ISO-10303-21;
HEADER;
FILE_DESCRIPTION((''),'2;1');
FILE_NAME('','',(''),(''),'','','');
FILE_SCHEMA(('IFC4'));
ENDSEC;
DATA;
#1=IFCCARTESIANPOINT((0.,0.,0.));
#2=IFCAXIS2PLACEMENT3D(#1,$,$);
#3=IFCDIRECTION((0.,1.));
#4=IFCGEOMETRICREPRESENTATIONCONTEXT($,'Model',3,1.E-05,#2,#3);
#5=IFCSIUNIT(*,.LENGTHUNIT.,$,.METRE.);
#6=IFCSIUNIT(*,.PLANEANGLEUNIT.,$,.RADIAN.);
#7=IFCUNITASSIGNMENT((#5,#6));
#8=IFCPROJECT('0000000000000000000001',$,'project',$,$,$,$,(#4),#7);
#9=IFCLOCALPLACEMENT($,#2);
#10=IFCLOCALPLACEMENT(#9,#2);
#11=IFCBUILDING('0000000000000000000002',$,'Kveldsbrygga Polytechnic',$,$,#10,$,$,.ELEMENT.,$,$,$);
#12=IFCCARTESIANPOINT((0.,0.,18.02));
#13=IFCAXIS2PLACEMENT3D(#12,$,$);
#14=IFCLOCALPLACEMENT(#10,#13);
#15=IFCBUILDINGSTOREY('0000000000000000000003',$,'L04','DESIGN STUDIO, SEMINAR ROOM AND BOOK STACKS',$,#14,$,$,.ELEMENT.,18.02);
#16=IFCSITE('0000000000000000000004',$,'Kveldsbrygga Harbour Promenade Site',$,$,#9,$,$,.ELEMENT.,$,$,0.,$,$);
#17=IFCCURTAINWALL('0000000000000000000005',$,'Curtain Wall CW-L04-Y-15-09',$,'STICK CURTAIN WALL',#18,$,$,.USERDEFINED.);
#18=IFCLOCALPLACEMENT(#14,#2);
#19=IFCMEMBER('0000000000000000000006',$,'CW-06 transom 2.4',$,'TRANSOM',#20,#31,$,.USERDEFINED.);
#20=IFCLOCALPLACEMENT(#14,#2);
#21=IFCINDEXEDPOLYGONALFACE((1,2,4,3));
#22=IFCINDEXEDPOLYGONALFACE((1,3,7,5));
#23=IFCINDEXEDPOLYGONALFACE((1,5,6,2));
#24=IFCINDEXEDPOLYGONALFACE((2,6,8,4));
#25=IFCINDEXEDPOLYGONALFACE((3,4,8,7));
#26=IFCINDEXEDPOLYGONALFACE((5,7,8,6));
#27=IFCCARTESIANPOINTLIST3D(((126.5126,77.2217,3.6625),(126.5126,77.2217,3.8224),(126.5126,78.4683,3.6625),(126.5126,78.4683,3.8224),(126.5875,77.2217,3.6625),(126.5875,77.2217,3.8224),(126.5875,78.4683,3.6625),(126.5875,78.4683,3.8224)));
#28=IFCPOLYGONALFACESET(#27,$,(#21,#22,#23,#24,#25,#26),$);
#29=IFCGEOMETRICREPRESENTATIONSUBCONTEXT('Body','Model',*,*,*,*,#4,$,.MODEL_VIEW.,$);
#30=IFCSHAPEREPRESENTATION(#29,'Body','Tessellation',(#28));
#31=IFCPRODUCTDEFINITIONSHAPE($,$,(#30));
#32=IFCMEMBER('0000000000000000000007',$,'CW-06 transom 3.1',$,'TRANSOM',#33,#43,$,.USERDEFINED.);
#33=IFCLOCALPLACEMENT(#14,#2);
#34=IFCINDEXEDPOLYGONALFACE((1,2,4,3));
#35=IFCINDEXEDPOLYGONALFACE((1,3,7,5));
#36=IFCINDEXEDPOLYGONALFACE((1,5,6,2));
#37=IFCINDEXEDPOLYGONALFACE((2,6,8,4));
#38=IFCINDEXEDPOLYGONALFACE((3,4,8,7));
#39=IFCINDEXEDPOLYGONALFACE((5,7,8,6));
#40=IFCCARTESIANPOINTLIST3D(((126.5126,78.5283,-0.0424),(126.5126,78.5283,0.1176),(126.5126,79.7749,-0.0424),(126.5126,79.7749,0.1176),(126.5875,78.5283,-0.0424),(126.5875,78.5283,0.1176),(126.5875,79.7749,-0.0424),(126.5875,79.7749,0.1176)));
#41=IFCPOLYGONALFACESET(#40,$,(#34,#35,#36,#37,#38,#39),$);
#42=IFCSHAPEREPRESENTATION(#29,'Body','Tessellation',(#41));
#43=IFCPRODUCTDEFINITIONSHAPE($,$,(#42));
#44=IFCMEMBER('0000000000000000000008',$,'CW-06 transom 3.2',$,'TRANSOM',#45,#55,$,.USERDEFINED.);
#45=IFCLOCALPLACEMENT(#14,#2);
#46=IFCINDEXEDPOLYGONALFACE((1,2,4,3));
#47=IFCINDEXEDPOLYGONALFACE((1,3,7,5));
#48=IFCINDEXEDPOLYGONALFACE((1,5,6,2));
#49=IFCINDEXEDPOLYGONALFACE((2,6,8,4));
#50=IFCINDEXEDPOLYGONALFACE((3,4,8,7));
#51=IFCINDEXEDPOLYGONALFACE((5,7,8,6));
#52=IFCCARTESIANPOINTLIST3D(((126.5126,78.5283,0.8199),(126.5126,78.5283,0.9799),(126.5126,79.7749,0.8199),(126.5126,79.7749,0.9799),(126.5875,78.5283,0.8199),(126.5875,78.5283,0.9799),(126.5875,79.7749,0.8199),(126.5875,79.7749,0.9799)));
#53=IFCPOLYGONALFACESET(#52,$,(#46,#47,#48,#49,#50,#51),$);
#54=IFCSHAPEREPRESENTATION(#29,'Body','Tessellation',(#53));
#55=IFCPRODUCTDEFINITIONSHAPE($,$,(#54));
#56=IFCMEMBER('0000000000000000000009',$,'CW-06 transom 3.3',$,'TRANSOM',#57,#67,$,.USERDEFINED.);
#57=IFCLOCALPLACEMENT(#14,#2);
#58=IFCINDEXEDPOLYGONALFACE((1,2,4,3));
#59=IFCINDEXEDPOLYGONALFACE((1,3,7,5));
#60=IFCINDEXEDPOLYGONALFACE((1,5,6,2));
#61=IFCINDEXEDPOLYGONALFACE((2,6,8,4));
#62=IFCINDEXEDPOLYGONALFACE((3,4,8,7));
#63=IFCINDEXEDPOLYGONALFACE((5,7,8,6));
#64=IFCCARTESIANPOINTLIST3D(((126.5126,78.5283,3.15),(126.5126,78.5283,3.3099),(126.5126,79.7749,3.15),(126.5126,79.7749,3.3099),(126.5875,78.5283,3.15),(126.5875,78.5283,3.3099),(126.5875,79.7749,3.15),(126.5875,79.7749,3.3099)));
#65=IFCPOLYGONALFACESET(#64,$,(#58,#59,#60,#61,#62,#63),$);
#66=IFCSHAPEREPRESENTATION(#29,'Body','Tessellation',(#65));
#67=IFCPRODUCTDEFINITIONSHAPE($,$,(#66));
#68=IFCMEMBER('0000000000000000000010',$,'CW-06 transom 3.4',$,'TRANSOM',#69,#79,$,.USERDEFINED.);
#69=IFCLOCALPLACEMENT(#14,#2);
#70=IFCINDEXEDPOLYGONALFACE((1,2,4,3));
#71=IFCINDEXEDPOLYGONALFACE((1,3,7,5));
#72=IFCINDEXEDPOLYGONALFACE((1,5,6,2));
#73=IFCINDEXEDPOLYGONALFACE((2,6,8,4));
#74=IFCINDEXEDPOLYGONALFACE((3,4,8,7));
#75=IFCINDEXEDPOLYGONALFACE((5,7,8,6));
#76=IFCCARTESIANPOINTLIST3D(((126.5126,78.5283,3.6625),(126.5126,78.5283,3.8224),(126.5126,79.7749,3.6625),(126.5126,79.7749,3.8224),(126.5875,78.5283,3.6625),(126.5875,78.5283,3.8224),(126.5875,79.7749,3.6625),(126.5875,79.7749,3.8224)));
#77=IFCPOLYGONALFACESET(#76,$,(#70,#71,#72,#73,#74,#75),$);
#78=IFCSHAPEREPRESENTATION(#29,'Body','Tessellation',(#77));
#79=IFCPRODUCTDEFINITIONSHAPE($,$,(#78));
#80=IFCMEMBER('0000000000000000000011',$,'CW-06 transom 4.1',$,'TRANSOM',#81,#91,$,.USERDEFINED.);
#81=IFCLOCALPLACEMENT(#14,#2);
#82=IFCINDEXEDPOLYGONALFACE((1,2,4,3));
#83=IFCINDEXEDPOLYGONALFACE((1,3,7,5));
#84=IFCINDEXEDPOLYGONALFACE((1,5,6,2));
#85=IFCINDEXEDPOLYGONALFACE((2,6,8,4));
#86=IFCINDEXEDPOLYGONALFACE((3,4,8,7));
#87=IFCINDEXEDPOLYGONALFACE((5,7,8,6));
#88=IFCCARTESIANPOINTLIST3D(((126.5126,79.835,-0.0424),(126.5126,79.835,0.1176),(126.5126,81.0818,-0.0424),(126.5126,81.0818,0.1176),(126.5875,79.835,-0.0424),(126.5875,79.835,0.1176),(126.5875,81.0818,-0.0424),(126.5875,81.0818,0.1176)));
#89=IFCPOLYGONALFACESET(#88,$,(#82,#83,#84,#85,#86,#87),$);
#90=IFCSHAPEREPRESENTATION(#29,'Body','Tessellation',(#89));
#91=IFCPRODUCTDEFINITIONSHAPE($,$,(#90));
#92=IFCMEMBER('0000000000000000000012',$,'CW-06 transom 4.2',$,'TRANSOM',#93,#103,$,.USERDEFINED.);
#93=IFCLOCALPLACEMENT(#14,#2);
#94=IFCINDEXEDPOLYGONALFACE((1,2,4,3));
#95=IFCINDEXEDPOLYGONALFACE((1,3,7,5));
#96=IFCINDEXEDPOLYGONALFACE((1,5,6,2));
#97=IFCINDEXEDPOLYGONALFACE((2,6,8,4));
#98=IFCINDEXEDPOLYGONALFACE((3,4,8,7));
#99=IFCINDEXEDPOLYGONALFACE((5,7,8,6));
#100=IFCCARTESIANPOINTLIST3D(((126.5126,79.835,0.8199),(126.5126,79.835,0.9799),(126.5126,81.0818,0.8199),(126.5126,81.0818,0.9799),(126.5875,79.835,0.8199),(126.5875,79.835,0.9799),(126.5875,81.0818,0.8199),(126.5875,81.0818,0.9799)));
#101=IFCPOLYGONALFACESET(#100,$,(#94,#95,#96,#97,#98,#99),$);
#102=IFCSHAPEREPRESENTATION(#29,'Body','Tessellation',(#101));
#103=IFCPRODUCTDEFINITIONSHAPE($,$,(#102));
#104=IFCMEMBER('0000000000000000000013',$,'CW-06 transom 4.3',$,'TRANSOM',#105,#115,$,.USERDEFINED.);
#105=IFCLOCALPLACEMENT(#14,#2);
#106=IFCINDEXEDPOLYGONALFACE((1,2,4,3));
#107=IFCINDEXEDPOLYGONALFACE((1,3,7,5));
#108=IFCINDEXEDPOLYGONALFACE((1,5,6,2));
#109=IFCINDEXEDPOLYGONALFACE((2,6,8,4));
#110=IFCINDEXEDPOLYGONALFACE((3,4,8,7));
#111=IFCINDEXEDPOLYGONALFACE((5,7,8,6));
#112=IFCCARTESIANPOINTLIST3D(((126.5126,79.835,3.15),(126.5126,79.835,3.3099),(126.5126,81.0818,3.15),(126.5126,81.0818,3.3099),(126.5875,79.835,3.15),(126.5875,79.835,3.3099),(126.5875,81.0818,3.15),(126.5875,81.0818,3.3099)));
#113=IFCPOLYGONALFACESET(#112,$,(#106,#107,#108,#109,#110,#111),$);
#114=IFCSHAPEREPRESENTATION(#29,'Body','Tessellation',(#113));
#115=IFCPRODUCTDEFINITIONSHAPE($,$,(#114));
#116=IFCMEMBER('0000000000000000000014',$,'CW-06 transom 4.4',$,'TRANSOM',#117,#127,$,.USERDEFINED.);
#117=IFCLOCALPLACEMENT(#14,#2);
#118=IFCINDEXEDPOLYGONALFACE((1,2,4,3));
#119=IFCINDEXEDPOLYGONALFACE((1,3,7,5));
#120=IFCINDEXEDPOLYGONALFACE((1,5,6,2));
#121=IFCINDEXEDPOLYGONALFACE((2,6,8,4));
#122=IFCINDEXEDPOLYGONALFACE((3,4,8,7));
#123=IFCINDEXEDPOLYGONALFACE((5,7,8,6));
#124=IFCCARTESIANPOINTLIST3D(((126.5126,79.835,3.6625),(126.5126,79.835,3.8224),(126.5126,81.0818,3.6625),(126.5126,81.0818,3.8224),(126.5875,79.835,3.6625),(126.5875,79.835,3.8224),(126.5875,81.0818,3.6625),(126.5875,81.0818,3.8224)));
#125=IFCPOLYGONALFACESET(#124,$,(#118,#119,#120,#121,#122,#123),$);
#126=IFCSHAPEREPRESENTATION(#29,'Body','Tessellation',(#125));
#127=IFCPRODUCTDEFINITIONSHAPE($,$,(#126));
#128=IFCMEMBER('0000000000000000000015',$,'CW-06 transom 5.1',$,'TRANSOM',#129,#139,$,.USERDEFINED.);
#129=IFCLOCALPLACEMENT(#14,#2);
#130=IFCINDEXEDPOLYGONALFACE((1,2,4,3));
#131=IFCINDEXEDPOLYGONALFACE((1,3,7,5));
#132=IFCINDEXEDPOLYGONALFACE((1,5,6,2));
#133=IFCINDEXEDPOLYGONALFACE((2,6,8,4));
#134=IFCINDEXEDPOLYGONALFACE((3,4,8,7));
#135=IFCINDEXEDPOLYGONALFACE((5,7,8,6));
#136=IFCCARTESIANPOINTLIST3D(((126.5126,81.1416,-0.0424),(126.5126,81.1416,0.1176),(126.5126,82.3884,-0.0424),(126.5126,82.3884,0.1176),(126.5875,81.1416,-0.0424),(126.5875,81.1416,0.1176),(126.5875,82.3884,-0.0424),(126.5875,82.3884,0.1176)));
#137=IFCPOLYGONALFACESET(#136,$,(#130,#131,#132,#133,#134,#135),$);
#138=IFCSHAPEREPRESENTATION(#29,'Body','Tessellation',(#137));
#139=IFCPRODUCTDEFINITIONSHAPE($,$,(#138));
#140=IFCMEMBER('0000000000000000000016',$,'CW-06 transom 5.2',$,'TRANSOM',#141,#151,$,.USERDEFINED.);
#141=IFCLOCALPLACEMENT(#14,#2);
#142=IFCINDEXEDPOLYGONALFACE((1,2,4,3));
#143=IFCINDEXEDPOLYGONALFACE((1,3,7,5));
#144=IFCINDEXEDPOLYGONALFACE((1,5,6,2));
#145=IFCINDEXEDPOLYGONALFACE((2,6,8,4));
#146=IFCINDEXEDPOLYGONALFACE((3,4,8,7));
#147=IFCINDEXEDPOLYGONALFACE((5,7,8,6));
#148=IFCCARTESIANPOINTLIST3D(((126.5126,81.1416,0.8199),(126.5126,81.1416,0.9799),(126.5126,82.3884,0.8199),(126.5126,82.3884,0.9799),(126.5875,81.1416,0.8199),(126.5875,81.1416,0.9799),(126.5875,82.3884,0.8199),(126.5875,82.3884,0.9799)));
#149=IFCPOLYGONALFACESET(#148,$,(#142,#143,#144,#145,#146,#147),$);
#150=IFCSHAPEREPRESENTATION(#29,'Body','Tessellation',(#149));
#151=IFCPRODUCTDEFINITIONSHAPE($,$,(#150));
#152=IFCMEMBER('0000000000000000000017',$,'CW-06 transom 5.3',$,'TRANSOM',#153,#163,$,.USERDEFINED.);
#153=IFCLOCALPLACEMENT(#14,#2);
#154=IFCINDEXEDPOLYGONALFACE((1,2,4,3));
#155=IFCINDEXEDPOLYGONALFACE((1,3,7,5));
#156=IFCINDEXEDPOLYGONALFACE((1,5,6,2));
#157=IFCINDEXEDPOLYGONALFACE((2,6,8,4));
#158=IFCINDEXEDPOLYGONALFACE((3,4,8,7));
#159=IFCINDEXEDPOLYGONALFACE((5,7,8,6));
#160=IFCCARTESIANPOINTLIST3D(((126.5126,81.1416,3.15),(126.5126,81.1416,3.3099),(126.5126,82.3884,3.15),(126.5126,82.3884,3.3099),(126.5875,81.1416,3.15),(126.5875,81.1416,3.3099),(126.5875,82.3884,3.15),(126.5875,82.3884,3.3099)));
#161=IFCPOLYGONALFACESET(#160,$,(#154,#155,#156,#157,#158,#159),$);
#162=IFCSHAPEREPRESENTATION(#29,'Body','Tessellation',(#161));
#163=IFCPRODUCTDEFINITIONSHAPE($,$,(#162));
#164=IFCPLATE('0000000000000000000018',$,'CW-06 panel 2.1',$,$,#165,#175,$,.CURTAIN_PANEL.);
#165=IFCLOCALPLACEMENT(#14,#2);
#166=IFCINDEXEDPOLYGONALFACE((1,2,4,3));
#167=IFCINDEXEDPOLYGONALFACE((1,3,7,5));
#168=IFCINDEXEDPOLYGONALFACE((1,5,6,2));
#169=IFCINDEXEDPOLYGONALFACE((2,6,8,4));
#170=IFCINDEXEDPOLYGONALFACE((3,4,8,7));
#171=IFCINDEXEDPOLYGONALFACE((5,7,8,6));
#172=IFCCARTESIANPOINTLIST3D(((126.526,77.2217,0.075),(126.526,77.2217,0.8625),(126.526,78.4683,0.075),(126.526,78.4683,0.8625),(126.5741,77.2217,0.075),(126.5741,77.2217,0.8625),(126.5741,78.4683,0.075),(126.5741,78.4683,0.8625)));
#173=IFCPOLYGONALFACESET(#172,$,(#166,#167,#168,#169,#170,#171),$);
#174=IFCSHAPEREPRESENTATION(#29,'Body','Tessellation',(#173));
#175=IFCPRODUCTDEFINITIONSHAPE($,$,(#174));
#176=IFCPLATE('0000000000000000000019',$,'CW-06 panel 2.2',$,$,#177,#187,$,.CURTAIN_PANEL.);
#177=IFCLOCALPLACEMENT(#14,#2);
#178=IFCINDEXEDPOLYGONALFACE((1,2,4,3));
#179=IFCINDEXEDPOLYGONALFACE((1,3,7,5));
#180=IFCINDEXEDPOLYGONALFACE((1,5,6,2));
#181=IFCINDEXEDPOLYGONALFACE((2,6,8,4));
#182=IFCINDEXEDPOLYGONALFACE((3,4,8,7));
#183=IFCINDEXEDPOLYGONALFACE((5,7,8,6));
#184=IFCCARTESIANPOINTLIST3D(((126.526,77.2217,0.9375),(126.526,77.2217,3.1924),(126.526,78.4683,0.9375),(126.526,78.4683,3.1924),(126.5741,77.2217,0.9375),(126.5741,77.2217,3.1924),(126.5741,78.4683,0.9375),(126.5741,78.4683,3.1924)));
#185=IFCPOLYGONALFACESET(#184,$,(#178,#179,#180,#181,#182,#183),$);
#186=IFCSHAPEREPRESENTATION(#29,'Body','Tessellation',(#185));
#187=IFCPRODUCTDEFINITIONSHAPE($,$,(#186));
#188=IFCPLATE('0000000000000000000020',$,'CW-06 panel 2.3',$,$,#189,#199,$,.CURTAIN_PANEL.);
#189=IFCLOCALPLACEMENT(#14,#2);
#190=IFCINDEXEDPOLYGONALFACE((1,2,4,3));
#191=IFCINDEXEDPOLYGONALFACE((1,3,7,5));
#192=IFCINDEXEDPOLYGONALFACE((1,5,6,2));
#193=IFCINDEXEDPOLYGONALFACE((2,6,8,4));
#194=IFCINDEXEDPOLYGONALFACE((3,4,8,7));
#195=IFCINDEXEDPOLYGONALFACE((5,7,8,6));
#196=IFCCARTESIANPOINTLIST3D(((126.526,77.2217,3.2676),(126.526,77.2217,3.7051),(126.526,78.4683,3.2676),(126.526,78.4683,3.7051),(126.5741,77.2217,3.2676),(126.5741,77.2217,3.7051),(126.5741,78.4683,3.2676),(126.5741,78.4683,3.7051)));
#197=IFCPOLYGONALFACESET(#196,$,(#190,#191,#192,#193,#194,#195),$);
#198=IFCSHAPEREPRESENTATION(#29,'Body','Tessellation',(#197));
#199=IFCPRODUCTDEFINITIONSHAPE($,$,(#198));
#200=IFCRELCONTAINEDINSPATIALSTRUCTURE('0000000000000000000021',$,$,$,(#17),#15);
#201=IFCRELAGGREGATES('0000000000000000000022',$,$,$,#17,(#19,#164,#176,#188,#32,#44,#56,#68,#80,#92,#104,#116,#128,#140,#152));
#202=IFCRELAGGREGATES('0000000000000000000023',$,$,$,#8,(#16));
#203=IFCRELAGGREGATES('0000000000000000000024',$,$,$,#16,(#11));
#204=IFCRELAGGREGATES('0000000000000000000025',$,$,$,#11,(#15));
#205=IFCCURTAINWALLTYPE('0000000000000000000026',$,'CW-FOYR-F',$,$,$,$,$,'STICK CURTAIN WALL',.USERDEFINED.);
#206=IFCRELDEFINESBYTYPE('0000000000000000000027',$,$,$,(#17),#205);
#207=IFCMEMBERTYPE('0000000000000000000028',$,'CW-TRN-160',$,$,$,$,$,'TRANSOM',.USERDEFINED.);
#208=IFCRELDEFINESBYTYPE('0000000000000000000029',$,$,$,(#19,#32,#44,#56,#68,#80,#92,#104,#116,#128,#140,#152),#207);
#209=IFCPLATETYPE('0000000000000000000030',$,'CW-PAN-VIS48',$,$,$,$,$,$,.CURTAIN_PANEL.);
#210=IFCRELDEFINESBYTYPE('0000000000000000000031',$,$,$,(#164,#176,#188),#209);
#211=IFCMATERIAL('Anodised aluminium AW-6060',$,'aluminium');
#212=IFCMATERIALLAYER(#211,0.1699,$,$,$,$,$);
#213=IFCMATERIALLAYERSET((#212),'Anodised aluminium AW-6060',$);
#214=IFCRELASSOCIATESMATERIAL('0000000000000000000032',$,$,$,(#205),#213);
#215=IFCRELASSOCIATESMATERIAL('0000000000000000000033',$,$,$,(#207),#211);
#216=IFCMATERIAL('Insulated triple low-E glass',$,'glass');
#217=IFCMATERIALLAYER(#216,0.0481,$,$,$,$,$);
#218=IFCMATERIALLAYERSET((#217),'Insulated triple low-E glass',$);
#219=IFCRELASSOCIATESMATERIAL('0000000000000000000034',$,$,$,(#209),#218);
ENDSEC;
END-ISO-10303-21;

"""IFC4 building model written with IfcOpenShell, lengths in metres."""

from ifc_helpers import new_model, si_unit, direction, frame, origin, origin_2d, place, context, subcontext, project, spatial, rectangle, extrude, material, layer, layer_set, material_profile, profile_set, type_object, element, aggregate, save


model = new_model("IFC4")

# Units and contexts
model_context = context("Model", 3, precision=1e-05, world=origin(), true_north=direction((0.0, 1.0)))
body_context = subcontext(model_context, "Body", "Model", "MODEL_VIEW")
ifc_project = project(units=[si_unit("LENGTHUNIT", "METRE"), si_unit("PLANEANGLEUNIT", "RADIAN")], contexts=[model_context])

# Site, building, storey
site_placement = place(None, origin())
site = spatial("IfcSite", under=ifc_project, at=site_placement, Name="Kveldsbrygga Harbour Promenade Site", CompositionType="ELEMENT", RefElevation=0.0)
building_placement = place(site_placement, origin())
building = spatial("IfcBuilding", under=site, at=building_placement, Name="Kveldsbrygga Polytechnic", CompositionType="ELEMENT")
storey_placement = place(building_placement, frame((0.0, 0.0, 18.02)))
storey = spatial("IfcBuildingStorey", under=building, at=storey_placement, Name="L04", Description="DESIGN STUDIO, SEMINAR ROOM AND BOOK STACKS", CompositionType="ELEMENT", Elevation=18.02)

# Curtain wall, members, plates
ifc_material_1 = material(Name="Anodised aluminium AW-6060", Category="aluminium")
ifc_layer_1 = layer(ifc_material_1, 0.1699)
ifc_layer_set_1 = layer_set([ifc_layer_1], Name="Anodised aluminium AW-6060")
curtain_wall_type = type_object("IfcCurtainWallType", Name="CW-FOYR-F", ElementType="STICK CURTAIN WALL", PredefinedType="USERDEFINED", material=ifc_layer_set_1)
curtain_wall_placement = place(storey_placement, origin())
curtain_wall = element("IfcCurtainWall", 1, at=curtain_wall_placement, inside=storey, type_object=curtain_wall_type, Name="Curtain Wall CW-L04-Y-15-09", ObjectType="STICK CURTAIN WALL", PredefinedType="USERDEFINED")
ifc_material_profile = material_profile(ifc_material_1, rectangle(XDim=0.075, YDim=0.1599, at=origin_2d()), Name="ALU 75x160")
ifc_profile_set = profile_set([ifc_material_profile], Name="Anodised aluminium AW-6060")
member_type = type_object("IfcMemberType", Name="CW-TRN-160", ElementType="TRANSOM", PredefinedType="USERDEFINED", material=ifc_profile_set)
member_1_placement = place(storey_placement, frame((126.55, 77.2217, 3.7424), z_axis=(0.0, 1.0, 0.0), x_axis=(-1.0, 0.0, 0.0)))
member_1 = element("IfcMember", 2, at=member_1_placement, type_object=member_type, Name="CW-06 transom 2.4", ObjectType="TRANSOM", PredefinedType="USERDEFINED", context=body_context, shape_type="SweptSolid", body=[
    extrude(rectangle(XDim=0.075, YDim=0.1599, at=origin_2d()), origin(), (0.0, 0.0, 1.0), 1.2466),
])
member_2_placement = place(storey_placement, frame((126.55, 78.5283, 0.0376), z_axis=(0.0, 1.0, 0.0), x_axis=(-1.0, 0.0, 0.0)))
member_2 = element("IfcMember", 3, at=member_2_placement, type_object=member_type, Name="CW-06 transom 3.1", ObjectType="TRANSOM", PredefinedType="USERDEFINED", context=body_context, shape_type="SweptSolid", body=[
    extrude(rectangle(XDim=0.075, YDim=0.1599, at=origin_2d()), origin(), (0.0, 0.0, 1.0), 1.2466),
])
member_3_placement = place(storey_placement, frame((126.55, 78.5283, 0.8999), z_axis=(0.0, 1.0, 0.0), x_axis=(-1.0, 0.0, 0.0)))
member_3 = element("IfcMember", 4, at=member_3_placement, type_object=member_type, Name="CW-06 transom 3.2", ObjectType="TRANSOM", PredefinedType="USERDEFINED", context=body_context, shape_type="SweptSolid", body=[
    extrude(rectangle(XDim=0.075, YDim=0.1599, at=origin_2d()), origin(), (0.0, 0.0, 1.0), 1.2466),
])
member_4_placement = place(storey_placement, frame((126.55, 78.5283, 3.23), z_axis=(0.0, 1.0, 0.0), x_axis=(-1.0, 0.0, 0.0)))
member_4 = element("IfcMember", 5, at=member_4_placement, type_object=member_type, Name="CW-06 transom 3.3", ObjectType="TRANSOM", PredefinedType="USERDEFINED", context=body_context, shape_type="SweptSolid", body=[
    extrude(rectangle(XDim=0.075, YDim=0.1599, at=origin_2d()), origin(), (0.0, 0.0, 1.0), 1.2466),
])
member_5_placement = place(storey_placement, frame((126.55, 78.5283, 3.7424), z_axis=(0.0, 1.0, 0.0), x_axis=(-1.0, 0.0, 0.0)))
member_5 = element("IfcMember", 6, at=member_5_placement, type_object=member_type, Name="CW-06 transom 3.4", ObjectType="TRANSOM", PredefinedType="USERDEFINED", context=body_context, shape_type="SweptSolid", body=[
    extrude(rectangle(XDim=0.075, YDim=0.1599, at=origin_2d()), origin(), (0.0, 0.0, 1.0), 1.2466),
])
member_6_placement = place(storey_placement, frame((126.55, 79.835, 0.0376), z_axis=(0.0, 1.0, 0.0), x_axis=(-1.0, 0.0, 0.0)))
member_6 = element("IfcMember", 7, at=member_6_placement, type_object=member_type, Name="CW-06 transom 4.1", ObjectType="TRANSOM", PredefinedType="USERDEFINED", context=body_context, shape_type="SweptSolid", body=[
    extrude(rectangle(XDim=0.075, YDim=0.1599, at=origin_2d()), origin(), (0.0, 0.0, 1.0), 1.2468),
])
member_7_placement = place(storey_placement, frame((126.55, 79.835, 0.8999), z_axis=(0.0, 1.0, 0.0), x_axis=(-1.0, 0.0, 0.0)))
member_7 = element("IfcMember", 8, at=member_7_placement, type_object=member_type, Name="CW-06 transom 4.2", ObjectType="TRANSOM", PredefinedType="USERDEFINED", context=body_context, shape_type="SweptSolid", body=[
    extrude(rectangle(XDim=0.075, YDim=0.1599, at=origin_2d()), origin(), (0.0, 0.0, 1.0), 1.2468),
])
member_8_placement = place(storey_placement, frame((126.55, 79.835, 3.23), z_axis=(0.0, 1.0, 0.0), x_axis=(-1.0, 0.0, 0.0)))
member_8 = element("IfcMember", 9, at=member_8_placement, type_object=member_type, Name="CW-06 transom 4.3", ObjectType="TRANSOM", PredefinedType="USERDEFINED", context=body_context, shape_type="SweptSolid", body=[
    extrude(rectangle(XDim=0.075, YDim=0.1599, at=origin_2d()), origin(), (0.0, 0.0, 1.0), 1.2468),
])
member_9_placement = place(storey_placement, frame((126.55, 79.835, 3.7424), z_axis=(0.0, 1.0, 0.0), x_axis=(-1.0, 0.0, 0.0)))
member_9 = element("IfcMember", 10, at=member_9_placement, type_object=member_type, Name="CW-06 transom 4.4", ObjectType="TRANSOM", PredefinedType="USERDEFINED", context=body_context, shape_type="SweptSolid", body=[
    extrude(rectangle(XDim=0.075, YDim=0.1599, at=origin_2d()), origin(), (0.0, 0.0, 1.0), 1.2468),
])
member_10_placement = place(storey_placement, frame((126.55, 81.1416, 0.0376), z_axis=(0.0, 1.0, 0.0), x_axis=(-1.0, 0.0, 0.0)))
member_10 = element("IfcMember", 11, at=member_10_placement, type_object=member_type, Name="CW-06 transom 5.1", ObjectType="TRANSOM", PredefinedType="USERDEFINED", context=body_context, shape_type="SweptSolid", body=[
    extrude(rectangle(XDim=0.075, YDim=0.1599, at=origin_2d()), origin(), (0.0, 0.0, 1.0), 1.2468),
])
member_11_placement = place(storey_placement, frame((126.55, 81.1416, 0.8999), z_axis=(0.0, 1.0, 0.0), x_axis=(-1.0, 0.0, 0.0)))
member_11 = element("IfcMember", 12, at=member_11_placement, type_object=member_type, Name="CW-06 transom 5.2", ObjectType="TRANSOM", PredefinedType="USERDEFINED", context=body_context, shape_type="SweptSolid", body=[
    extrude(rectangle(XDim=0.075, YDim=0.1599, at=origin_2d()), origin(), (0.0, 0.0, 1.0), 1.2468),
])
member_12_placement = place(storey_placement, frame((126.55, 81.1416, 3.23), z_axis=(0.0, 1.0, 0.0), x_axis=(-1.0, 0.0, 0.0)))
member_12 = element("IfcMember", 13, at=member_12_placement, type_object=member_type, Name="CW-06 transom 5.3", ObjectType="TRANSOM", PredefinedType="USERDEFINED", context=body_context, shape_type="SweptSolid", body=[
    extrude(rectangle(XDim=0.075, YDim=0.1599, at=origin_2d()), origin(), (0.0, 0.0, 1.0), 1.2468),
])
ifc_material_2 = material(Name="Insulated triple low-E glass", Category="glass")
ifc_layer_2 = layer(ifc_material_2, 0.0481)
ifc_layer_set_2 = layer_set([ifc_layer_2], Name="Insulated triple low-E glass")
plate_type = type_object("IfcPlateType", Name="CW-PAN-VIS48", PredefinedType="CURTAIN_PANEL", material=ifc_layer_set_2)
plate_1_placement = place(storey_placement, frame((126.55, 77.845, 0.075), z_axis=(0.0, 0.0, 1.0), x_axis=(0.0, 1.0, 0.0)))
plate_1 = element("IfcPlate", 14, at=plate_1_placement, type_object=plate_type, Name="CW-06 panel 2.1", PredefinedType="CURTAIN_PANEL", context=body_context, shape_type="SweptSolid", body=[
    extrude(rectangle(XDim=1.2466, YDim=0.0481, at=origin_2d()), origin(), (0.0, 0.0, 1.0), 0.7876),
])
plate_2_placement = place(storey_placement, frame((126.55, 77.845, 0.9375), z_axis=(0.0, 0.0, 1.0), x_axis=(0.0, 1.0, 0.0)))
plate_2 = element("IfcPlate", 15, at=plate_2_placement, type_object=plate_type, Name="CW-06 panel 2.2", PredefinedType="CURTAIN_PANEL", context=body_context, shape_type="SweptSolid", body=[
    extrude(rectangle(XDim=1.2466, YDim=0.0481, at=origin_2d()), origin(), (0.0, 0.0, 1.0), 2.2549),
])
plate_3_placement = place(storey_placement, frame((126.55, 77.845, 3.2676), z_axis=(0.0, 0.0, 1.0), x_axis=(0.0, 1.0, 0.0)))
plate_3 = element("IfcPlate", 16, at=plate_3_placement, type_object=plate_type, Name="CW-06 panel 2.3", PredefinedType="CURTAIN_PANEL", context=body_context, shape_type="SweptSolid", body=[
    extrude(rectangle(XDim=1.2466, YDim=0.0481, at=origin_2d()), origin(), (0.0, 0.0, 1.0), 0.4375),
])
aggregate(curtain_wall, [member_1, plate_1, plate_2, plate_3, member_2, member_3, member_4, member_5, member_6, member_7, member_8, member_9, member_10, member_11, member_12])

save(model, "model.ifc")
